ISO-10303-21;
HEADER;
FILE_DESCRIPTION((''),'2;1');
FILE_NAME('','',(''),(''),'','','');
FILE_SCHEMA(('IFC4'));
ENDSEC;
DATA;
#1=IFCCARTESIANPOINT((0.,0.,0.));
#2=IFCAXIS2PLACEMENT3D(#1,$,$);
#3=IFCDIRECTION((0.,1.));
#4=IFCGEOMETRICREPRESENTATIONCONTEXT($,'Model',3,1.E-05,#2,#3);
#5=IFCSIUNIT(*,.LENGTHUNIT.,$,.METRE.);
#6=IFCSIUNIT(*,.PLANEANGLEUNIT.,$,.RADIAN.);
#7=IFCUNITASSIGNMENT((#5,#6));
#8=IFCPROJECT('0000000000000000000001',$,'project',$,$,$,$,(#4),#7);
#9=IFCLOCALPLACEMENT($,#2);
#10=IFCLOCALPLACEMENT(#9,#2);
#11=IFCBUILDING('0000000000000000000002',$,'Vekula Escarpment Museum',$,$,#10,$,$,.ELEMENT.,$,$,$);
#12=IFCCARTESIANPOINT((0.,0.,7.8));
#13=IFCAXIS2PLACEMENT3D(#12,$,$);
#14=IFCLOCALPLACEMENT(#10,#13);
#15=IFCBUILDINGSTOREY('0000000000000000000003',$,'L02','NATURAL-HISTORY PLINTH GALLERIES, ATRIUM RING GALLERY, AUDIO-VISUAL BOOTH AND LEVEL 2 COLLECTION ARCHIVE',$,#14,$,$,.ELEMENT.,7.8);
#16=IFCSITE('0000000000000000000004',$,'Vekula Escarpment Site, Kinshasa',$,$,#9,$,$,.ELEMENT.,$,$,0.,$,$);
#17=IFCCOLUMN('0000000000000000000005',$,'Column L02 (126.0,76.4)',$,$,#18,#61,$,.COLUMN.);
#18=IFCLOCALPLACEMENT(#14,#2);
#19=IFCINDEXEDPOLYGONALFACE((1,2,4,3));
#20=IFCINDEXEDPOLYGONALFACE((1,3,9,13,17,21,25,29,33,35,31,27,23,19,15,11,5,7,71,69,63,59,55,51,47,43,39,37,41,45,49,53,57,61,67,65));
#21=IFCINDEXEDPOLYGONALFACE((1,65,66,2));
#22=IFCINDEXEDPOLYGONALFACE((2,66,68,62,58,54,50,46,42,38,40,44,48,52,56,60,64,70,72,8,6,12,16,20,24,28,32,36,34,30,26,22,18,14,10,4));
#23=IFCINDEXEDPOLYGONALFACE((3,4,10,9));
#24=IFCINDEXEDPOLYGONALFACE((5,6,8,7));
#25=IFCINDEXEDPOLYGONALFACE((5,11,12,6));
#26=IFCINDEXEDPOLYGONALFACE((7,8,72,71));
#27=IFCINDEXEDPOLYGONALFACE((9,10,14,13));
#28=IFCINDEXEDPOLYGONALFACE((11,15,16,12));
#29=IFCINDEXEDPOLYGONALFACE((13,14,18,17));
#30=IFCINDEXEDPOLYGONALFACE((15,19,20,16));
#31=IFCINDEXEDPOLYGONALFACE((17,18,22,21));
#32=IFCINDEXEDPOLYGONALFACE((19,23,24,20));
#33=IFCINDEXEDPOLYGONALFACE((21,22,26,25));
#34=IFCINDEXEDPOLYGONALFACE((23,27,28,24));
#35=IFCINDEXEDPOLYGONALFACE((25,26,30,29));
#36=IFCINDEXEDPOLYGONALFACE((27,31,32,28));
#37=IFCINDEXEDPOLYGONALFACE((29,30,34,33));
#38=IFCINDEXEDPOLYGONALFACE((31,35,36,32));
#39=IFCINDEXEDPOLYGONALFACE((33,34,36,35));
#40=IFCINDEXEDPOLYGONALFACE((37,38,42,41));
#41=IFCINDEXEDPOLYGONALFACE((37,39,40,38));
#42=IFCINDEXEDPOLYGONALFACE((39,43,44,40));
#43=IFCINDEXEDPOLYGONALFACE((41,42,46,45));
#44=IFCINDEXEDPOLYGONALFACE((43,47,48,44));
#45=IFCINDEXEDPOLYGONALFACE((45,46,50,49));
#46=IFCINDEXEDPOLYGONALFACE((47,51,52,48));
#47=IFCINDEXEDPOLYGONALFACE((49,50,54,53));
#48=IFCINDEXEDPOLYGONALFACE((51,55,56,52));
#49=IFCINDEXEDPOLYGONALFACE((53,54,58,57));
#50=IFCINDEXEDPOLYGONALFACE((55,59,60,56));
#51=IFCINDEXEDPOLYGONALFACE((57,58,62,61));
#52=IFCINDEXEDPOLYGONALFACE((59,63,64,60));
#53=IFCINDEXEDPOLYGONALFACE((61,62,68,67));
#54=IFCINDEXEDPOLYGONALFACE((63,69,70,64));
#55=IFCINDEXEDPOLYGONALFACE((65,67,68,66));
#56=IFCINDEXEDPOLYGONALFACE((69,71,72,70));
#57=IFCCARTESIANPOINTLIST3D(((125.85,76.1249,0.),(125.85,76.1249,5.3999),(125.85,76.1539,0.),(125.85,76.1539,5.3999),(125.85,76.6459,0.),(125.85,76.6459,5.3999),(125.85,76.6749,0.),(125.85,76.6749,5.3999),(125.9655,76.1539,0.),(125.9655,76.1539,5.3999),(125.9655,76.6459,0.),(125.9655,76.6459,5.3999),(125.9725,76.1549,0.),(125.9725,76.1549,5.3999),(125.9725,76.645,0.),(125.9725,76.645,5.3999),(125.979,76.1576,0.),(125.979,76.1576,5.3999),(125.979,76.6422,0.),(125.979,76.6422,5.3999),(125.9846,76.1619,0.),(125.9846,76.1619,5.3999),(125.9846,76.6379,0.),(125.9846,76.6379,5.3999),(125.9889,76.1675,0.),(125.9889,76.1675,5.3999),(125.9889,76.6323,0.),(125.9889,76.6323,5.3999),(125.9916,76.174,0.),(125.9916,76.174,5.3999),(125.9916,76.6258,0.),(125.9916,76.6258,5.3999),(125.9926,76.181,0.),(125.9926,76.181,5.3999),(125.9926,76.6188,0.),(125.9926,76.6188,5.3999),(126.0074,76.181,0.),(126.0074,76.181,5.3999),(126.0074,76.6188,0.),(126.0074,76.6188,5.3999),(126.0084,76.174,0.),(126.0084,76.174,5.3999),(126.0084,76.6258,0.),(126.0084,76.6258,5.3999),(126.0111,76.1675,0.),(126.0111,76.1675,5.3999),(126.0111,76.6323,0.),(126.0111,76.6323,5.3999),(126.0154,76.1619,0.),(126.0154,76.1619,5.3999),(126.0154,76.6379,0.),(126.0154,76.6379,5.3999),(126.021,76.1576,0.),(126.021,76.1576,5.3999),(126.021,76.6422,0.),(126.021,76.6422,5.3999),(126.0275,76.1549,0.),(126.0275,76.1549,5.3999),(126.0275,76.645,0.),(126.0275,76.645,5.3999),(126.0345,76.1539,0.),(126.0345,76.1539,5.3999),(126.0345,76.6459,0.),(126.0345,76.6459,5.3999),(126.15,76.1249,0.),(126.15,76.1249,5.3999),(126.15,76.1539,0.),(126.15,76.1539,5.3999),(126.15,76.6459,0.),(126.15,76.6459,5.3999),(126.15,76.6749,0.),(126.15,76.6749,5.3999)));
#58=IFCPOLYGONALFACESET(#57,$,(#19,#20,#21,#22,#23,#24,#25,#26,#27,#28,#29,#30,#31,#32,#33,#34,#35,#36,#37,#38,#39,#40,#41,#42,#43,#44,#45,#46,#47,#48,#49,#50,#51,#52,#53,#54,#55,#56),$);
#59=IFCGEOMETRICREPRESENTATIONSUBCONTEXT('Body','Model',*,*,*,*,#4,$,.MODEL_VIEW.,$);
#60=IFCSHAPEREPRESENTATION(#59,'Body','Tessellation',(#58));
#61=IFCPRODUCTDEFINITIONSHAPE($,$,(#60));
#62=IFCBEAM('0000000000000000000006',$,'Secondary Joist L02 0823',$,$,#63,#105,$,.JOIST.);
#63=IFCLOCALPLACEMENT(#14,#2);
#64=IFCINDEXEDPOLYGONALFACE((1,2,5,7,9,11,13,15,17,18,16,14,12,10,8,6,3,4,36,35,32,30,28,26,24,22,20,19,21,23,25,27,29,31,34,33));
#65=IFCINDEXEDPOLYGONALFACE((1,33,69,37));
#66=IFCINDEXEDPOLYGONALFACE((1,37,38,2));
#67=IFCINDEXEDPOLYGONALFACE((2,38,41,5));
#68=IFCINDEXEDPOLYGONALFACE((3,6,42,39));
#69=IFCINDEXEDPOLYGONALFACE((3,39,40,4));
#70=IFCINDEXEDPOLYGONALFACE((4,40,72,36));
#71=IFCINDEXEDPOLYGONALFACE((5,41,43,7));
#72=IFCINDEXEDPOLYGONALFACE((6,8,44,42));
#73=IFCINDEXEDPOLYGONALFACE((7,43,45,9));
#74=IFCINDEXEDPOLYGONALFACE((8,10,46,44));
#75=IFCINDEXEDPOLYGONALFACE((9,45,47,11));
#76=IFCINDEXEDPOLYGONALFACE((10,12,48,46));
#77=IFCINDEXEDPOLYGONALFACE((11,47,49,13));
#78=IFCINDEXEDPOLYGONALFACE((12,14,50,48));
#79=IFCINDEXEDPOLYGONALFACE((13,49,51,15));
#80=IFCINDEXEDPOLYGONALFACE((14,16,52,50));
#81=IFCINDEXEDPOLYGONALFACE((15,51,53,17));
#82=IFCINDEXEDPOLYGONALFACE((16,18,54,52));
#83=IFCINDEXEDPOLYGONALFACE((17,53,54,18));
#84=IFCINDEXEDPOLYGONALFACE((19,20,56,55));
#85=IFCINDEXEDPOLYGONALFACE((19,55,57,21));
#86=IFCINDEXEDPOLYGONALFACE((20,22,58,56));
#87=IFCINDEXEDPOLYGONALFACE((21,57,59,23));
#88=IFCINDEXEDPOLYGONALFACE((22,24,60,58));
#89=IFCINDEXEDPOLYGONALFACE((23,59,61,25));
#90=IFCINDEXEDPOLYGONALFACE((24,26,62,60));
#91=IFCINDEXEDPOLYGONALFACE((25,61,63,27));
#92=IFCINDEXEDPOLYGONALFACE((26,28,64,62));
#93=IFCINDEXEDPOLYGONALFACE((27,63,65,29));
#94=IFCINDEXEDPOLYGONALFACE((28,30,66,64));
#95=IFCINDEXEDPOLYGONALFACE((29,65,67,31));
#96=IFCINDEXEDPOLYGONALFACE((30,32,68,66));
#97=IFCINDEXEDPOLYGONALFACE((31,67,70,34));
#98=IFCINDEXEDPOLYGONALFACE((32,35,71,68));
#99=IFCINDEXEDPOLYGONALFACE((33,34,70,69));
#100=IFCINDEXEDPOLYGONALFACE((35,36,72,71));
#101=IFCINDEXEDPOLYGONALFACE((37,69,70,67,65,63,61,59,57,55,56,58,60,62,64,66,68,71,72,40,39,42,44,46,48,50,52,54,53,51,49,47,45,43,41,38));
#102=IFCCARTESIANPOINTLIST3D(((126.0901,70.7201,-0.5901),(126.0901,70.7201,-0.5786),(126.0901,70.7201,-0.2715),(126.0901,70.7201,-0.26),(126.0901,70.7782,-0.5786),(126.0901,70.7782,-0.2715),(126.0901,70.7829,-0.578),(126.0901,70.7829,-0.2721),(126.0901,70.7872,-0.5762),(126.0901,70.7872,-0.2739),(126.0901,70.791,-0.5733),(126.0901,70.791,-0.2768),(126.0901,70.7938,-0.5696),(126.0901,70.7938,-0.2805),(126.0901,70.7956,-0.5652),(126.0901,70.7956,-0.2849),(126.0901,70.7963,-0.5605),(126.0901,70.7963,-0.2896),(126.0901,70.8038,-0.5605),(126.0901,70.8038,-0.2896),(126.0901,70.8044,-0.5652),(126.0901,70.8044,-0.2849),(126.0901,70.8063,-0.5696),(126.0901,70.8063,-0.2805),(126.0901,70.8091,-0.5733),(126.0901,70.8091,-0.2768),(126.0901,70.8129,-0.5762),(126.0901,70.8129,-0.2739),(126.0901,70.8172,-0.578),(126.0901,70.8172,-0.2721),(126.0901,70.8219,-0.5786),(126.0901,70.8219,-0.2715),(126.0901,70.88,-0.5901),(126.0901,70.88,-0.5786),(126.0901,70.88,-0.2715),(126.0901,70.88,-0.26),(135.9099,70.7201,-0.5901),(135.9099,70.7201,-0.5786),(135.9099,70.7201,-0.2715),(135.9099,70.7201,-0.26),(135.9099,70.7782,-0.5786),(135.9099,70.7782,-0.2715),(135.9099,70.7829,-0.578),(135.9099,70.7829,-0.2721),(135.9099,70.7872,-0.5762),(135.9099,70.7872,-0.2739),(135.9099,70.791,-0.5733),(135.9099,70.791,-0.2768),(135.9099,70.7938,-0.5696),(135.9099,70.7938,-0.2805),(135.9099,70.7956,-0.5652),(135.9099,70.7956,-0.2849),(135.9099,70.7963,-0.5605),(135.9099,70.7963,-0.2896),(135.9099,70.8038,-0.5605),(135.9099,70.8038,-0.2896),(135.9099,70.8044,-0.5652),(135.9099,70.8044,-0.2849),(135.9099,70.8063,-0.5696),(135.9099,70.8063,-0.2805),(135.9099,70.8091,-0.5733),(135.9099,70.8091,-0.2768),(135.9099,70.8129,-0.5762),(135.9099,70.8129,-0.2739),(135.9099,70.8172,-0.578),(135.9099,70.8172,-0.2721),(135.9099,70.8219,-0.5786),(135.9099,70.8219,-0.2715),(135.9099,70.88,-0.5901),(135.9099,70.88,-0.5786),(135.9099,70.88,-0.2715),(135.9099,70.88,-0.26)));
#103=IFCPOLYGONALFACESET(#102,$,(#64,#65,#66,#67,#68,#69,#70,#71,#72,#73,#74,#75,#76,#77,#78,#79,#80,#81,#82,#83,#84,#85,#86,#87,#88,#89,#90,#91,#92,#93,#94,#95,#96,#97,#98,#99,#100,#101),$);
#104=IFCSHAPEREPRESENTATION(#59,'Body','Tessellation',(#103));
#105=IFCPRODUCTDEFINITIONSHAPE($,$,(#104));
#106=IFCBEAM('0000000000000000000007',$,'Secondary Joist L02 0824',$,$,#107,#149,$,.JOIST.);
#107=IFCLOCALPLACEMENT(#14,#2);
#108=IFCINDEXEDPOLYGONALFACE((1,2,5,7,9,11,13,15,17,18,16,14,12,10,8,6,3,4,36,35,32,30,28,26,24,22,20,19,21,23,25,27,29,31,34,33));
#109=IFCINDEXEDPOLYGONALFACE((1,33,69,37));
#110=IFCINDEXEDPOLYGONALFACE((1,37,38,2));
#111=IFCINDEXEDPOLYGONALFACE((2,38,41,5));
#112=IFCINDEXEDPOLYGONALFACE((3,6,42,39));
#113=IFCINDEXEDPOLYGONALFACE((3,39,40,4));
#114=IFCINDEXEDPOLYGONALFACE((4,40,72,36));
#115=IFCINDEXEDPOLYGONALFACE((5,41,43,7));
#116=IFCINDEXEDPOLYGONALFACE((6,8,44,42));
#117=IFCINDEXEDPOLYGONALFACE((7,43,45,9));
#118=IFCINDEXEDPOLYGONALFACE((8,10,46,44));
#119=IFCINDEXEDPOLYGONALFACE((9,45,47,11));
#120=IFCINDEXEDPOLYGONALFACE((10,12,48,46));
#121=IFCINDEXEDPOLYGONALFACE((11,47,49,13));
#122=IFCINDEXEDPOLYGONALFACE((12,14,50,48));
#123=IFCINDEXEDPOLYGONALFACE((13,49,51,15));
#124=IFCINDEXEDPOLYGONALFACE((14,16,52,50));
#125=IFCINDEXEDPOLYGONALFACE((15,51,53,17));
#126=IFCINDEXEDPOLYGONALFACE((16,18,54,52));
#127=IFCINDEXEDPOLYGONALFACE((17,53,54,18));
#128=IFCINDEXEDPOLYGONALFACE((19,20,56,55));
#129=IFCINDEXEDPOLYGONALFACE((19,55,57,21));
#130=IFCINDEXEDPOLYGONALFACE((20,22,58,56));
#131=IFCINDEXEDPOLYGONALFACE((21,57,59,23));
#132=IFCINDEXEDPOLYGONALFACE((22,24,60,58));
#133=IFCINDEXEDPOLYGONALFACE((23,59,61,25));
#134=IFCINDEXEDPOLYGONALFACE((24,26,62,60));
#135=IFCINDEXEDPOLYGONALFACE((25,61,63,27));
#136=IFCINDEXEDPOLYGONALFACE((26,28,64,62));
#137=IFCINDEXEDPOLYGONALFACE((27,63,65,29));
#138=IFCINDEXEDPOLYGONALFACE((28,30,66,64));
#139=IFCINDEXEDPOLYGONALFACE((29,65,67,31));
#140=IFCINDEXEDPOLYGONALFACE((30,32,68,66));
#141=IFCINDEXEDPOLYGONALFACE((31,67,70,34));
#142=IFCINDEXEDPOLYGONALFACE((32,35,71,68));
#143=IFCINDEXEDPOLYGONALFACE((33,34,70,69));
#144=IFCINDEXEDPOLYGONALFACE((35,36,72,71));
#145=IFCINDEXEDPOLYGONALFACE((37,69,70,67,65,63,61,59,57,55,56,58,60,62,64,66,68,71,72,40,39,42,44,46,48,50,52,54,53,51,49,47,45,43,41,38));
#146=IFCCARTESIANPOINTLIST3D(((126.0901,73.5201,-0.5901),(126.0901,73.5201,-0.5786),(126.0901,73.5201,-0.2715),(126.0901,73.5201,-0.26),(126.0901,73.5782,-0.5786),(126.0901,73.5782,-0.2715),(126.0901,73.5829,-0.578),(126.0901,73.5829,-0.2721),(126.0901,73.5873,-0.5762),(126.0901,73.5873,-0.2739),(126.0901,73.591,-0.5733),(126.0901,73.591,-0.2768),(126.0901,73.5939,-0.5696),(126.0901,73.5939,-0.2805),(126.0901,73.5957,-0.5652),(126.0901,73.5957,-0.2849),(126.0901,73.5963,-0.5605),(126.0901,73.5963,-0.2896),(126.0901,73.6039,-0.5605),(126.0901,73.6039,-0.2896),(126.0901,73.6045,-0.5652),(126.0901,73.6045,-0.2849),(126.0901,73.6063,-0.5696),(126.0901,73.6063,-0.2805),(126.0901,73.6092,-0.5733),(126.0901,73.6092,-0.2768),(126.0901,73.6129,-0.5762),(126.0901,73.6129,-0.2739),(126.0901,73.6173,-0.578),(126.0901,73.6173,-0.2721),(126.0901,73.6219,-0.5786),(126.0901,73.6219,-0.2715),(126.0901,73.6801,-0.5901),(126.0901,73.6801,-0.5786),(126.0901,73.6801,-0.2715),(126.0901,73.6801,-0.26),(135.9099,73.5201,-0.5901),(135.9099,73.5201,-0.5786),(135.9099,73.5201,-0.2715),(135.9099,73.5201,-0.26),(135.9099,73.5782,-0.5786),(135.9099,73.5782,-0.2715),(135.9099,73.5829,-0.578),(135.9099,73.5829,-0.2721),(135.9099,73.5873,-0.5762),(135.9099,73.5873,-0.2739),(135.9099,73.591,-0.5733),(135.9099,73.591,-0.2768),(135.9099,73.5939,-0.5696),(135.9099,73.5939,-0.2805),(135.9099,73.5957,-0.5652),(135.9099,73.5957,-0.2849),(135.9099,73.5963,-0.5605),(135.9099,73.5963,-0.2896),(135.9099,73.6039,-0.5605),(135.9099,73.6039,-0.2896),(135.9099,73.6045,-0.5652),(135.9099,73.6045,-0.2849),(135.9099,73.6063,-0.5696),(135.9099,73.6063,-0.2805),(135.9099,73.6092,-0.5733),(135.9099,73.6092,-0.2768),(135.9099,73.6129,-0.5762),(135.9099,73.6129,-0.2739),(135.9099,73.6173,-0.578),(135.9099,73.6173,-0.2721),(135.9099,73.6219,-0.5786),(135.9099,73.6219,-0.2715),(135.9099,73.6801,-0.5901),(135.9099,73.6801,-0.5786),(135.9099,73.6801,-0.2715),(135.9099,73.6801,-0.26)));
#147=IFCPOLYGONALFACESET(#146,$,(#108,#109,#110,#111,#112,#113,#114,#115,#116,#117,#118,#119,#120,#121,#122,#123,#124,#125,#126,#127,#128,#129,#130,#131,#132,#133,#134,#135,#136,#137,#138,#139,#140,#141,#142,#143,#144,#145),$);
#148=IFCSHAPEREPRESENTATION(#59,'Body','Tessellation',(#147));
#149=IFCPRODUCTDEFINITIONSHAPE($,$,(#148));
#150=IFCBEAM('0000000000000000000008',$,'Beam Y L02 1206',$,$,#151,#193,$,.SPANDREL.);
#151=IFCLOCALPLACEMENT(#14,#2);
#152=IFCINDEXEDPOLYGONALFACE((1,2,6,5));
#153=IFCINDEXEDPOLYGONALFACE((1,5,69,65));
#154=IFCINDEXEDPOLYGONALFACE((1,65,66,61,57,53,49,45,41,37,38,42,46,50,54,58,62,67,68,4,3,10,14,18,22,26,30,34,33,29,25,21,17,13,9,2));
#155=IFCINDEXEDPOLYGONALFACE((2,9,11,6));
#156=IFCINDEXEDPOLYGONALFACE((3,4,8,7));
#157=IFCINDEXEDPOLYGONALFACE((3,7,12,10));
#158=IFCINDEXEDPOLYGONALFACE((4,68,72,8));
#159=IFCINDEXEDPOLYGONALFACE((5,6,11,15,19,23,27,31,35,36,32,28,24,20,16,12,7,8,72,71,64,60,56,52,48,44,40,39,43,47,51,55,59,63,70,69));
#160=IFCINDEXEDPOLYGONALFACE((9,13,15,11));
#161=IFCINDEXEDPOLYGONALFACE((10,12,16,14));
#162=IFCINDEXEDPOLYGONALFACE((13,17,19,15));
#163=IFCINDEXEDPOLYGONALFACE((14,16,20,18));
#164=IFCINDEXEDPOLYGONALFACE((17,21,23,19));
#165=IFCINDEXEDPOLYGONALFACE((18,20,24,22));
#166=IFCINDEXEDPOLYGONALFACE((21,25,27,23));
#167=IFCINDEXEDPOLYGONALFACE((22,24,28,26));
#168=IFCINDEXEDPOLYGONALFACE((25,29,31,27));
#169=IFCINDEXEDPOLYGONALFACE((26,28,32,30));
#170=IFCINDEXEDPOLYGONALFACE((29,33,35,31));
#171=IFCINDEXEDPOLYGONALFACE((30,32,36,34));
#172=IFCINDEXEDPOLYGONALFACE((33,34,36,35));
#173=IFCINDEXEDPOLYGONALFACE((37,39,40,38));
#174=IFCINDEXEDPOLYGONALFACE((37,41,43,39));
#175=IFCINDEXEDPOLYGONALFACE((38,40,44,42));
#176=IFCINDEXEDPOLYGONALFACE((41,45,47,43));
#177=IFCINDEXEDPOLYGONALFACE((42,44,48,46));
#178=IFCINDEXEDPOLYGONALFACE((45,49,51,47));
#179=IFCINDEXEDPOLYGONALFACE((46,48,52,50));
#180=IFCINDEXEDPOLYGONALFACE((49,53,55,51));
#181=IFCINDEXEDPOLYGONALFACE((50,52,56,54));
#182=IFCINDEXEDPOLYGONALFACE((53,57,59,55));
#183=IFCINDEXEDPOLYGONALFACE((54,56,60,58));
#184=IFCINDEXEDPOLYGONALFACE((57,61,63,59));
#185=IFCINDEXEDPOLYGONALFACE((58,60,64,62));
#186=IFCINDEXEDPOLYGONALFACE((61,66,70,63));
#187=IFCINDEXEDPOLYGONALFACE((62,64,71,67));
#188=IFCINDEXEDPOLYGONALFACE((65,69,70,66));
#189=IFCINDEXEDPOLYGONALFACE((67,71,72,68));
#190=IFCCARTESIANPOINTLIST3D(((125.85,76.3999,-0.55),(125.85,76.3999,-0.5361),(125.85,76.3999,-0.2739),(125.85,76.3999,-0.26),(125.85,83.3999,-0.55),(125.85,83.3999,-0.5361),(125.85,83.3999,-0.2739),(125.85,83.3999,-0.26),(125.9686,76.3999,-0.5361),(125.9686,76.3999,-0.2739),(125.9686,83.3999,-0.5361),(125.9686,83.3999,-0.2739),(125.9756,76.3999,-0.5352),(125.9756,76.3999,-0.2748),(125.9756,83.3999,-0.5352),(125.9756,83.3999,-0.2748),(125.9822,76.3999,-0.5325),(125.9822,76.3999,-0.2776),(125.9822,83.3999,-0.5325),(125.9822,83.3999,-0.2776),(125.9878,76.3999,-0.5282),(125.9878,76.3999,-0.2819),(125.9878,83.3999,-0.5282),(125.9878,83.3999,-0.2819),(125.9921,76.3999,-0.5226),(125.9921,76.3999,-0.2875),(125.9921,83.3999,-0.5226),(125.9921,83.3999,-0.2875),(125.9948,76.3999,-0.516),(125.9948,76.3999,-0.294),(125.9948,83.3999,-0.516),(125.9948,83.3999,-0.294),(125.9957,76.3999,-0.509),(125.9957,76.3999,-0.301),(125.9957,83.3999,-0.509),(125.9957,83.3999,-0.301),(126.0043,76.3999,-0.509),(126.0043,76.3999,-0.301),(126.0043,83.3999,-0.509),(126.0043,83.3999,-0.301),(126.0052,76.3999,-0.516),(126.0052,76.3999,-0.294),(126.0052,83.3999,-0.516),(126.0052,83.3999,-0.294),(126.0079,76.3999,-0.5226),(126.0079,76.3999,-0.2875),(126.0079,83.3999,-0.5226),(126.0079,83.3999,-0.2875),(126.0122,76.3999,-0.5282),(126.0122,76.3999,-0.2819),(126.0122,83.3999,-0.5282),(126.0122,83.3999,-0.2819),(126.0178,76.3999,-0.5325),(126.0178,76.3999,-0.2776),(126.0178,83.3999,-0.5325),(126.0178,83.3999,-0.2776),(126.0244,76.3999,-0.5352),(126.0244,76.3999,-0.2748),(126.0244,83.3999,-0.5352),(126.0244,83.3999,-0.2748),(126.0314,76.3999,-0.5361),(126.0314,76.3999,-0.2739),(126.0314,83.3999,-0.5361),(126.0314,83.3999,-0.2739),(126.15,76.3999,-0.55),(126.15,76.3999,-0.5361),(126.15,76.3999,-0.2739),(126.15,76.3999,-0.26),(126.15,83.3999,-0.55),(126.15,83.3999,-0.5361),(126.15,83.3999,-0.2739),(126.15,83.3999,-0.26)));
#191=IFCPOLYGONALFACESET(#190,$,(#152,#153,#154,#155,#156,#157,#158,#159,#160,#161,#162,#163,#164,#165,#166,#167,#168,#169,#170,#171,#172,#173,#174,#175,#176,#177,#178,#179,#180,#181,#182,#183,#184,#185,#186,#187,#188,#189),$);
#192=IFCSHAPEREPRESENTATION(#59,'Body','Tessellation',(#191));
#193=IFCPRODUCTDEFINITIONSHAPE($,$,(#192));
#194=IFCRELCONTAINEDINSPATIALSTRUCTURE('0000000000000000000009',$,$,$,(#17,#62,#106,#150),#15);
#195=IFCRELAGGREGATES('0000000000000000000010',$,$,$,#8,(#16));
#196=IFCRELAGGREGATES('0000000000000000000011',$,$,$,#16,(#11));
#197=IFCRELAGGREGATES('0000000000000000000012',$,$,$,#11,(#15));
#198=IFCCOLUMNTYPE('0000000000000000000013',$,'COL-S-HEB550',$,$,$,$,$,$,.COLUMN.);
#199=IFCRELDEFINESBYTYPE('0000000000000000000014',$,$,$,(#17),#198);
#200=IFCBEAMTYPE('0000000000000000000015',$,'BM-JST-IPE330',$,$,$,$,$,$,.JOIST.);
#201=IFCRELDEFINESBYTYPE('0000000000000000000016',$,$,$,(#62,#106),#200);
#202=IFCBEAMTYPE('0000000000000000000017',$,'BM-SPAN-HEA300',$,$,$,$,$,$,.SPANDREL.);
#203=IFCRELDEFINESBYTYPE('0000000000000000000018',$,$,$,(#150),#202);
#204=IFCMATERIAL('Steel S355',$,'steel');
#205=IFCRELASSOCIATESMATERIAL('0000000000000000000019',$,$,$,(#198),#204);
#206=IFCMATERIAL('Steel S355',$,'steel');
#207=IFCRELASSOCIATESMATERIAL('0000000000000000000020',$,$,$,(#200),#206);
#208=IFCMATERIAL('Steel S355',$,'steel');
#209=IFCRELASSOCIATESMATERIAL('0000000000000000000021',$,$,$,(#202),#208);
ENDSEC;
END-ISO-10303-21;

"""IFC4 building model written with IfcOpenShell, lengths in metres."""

from ifc_helpers import new_model, si_unit, direction, frame, origin, origin_2d, place, context, subcontext, project, spatial, i_section, extrude, material, material_profile, profile_set, type_object, element, save


model = new_model("IFC4")

# Units and contexts
model_context = context("Model", 3, precision=1e-05, world=origin(), true_north=direction((0.0, 1.0)))
body_context = subcontext(model_context, "Body", "Model", "MODEL_VIEW")
ifc_project = project(units=[si_unit("LENGTHUNIT", "METRE"), si_unit("PLANEANGLEUNIT", "RADIAN")], contexts=[model_context])

# Site, building, storey
site_placement = place(None, origin())
site = spatial("IfcSite", under=ifc_project, at=site_placement, Name="Vekula Escarpment Site, Kinshasa", CompositionType="ELEMENT", RefElevation=0.0)
building_placement = place(site_placement, origin())
building = spatial("IfcBuilding", under=site, at=building_placement, Name="Vekula Escarpment Museum", CompositionType="ELEMENT")
storey_placement = place(building_placement, frame((0.0, 0.0, 7.8)))
storey = spatial("IfcBuildingStorey", under=building, at=storey_placement, Name="L02", Description="NATURAL-HISTORY PLINTH GALLERIES, ATRIUM RING GALLERY, AUDIO-VISUAL BOOTH AND LEVEL 2 COLLECTION ARCHIVE", CompositionType="ELEMENT", Elevation=7.8)

# Column
ifc_material_1 = material(Name="Steel S355", Category="steel")
ifc_material_profile_1 = material_profile(ifc_material_1, i_section(OverallWidth=0.3, OverallDepth=0.55, WebThickness=0.0149, FlangeThickness=0.0291, FilletRadius=0.0271, at=origin_2d()), Name="HEB 550")
ifc_profile_set_1 = profile_set([ifc_material_profile_1], Name="Steel S355")
column_type = type_object("IfcColumnType", Name="COL-S-HEB550", PredefinedType="COLUMN", material=ifc_profile_set_1)
column_placement = place(storey_placement, frame((126.0, 76.3999, 0.0), z_axis=(0.0, 0.0, 1.0), x_axis=(1.0, 0.0, 0.0)))
element("IfcColumn", 1, at=column_placement, inside=storey, type_object=column_type, Name="Column L02 (126.0,76.4)", PredefinedType="COLUMN", context=body_context, shape_type="SweptSolid", body=[
    extrude(i_section(OverallWidth=0.3, OverallDepth=0.55, WebThickness=0.0149, FlangeThickness=0.0291, FilletRadius=0.0271, at=origin_2d()), origin(), (0.0, 0.0, 1.0), 5.3999),
])

# Beams
ifc_material_2 = material(Name="Steel S355", Category="steel")
ifc_material_profile_2 = material_profile(ifc_material_2, i_section(OverallWidth=0.1599, OverallDepth=0.3301, WebThickness=0.0076, FlangeThickness=0.0115, FilletRadius=0.0181, at=origin_2d()), Name="IPE 330")
ifc_profile_set_2 = profile_set([ifc_material_profile_2], Name="Steel S355")
beam_type_1 = type_object("IfcBeamType", Name="BM-JST-IPE330", PredefinedType="JOIST", material=ifc_profile_set_2)
for number, where, z_axis, x_axis, name in (
    (2, (126.0901, 70.8, -0.425), (1.0, 0.0, 0.0), (0.0, 1.0, 0.0), "Secondary Joist L02 0823"),
    (3, (126.0901, 73.6001, -0.425), (1.0, 0.0, 0.0), (0.0, 1.0, 0.0), "Secondary Joist L02 0824"),
):
    element("IfcBeam", number, at=place(storey_placement, frame(where, z_axis=z_axis, x_axis=x_axis)), inside=storey, type_object=beam_type_1, Name=name, PredefinedType="JOIST", context=body_context, shape_type="SweptSolid", body=[
        extrude(i_section(OverallWidth=0.1599, OverallDepth=0.3301, WebThickness=0.0076, FlangeThickness=0.0115, FilletRadius=0.0181, at=origin_2d()), origin(), (0.0, 0.0, 1.0), 9.8198),
    ])
ifc_material_3 = material(Name="Steel S355", Category="steel")
ifc_material_profile_3 = material_profile(ifc_material_3, i_section(OverallWidth=0.3, OverallDepth=0.29, WebThickness=0.0085, FlangeThickness=0.0139, FilletRadius=0.0271, at=origin_2d()), Name="HEA 300")
ifc_profile_set_3 = profile_set([ifc_material_profile_3], Name="Steel S355")
beam_type_2 = type_object("IfcBeamType", Name="BM-SPAN-HEA300", PredefinedType="SPANDREL", material=ifc_profile_set_3)
beam_1_placement = place(storey_placement, frame((126.0, 76.3999, -0.405), z_axis=(0.0, 1.0, 0.0), x_axis=(-1.0, 0.0, 0.0)))
element("IfcBeam", 4, at=beam_1_placement, inside=storey, type_object=beam_type_2, Name="Beam Y L02 1206", PredefinedType="SPANDREL", context=body_context, shape_type="SweptSolid", body=[
    extrude(i_section(OverallWidth=0.3, OverallDepth=0.29, WebThickness=0.0085, FlangeThickness=0.0139, FilletRadius=0.0271, at=origin_2d()), origin(), (0.0, 0.0, 1.0), 7.0),
])

save(model, "model.ifc")
